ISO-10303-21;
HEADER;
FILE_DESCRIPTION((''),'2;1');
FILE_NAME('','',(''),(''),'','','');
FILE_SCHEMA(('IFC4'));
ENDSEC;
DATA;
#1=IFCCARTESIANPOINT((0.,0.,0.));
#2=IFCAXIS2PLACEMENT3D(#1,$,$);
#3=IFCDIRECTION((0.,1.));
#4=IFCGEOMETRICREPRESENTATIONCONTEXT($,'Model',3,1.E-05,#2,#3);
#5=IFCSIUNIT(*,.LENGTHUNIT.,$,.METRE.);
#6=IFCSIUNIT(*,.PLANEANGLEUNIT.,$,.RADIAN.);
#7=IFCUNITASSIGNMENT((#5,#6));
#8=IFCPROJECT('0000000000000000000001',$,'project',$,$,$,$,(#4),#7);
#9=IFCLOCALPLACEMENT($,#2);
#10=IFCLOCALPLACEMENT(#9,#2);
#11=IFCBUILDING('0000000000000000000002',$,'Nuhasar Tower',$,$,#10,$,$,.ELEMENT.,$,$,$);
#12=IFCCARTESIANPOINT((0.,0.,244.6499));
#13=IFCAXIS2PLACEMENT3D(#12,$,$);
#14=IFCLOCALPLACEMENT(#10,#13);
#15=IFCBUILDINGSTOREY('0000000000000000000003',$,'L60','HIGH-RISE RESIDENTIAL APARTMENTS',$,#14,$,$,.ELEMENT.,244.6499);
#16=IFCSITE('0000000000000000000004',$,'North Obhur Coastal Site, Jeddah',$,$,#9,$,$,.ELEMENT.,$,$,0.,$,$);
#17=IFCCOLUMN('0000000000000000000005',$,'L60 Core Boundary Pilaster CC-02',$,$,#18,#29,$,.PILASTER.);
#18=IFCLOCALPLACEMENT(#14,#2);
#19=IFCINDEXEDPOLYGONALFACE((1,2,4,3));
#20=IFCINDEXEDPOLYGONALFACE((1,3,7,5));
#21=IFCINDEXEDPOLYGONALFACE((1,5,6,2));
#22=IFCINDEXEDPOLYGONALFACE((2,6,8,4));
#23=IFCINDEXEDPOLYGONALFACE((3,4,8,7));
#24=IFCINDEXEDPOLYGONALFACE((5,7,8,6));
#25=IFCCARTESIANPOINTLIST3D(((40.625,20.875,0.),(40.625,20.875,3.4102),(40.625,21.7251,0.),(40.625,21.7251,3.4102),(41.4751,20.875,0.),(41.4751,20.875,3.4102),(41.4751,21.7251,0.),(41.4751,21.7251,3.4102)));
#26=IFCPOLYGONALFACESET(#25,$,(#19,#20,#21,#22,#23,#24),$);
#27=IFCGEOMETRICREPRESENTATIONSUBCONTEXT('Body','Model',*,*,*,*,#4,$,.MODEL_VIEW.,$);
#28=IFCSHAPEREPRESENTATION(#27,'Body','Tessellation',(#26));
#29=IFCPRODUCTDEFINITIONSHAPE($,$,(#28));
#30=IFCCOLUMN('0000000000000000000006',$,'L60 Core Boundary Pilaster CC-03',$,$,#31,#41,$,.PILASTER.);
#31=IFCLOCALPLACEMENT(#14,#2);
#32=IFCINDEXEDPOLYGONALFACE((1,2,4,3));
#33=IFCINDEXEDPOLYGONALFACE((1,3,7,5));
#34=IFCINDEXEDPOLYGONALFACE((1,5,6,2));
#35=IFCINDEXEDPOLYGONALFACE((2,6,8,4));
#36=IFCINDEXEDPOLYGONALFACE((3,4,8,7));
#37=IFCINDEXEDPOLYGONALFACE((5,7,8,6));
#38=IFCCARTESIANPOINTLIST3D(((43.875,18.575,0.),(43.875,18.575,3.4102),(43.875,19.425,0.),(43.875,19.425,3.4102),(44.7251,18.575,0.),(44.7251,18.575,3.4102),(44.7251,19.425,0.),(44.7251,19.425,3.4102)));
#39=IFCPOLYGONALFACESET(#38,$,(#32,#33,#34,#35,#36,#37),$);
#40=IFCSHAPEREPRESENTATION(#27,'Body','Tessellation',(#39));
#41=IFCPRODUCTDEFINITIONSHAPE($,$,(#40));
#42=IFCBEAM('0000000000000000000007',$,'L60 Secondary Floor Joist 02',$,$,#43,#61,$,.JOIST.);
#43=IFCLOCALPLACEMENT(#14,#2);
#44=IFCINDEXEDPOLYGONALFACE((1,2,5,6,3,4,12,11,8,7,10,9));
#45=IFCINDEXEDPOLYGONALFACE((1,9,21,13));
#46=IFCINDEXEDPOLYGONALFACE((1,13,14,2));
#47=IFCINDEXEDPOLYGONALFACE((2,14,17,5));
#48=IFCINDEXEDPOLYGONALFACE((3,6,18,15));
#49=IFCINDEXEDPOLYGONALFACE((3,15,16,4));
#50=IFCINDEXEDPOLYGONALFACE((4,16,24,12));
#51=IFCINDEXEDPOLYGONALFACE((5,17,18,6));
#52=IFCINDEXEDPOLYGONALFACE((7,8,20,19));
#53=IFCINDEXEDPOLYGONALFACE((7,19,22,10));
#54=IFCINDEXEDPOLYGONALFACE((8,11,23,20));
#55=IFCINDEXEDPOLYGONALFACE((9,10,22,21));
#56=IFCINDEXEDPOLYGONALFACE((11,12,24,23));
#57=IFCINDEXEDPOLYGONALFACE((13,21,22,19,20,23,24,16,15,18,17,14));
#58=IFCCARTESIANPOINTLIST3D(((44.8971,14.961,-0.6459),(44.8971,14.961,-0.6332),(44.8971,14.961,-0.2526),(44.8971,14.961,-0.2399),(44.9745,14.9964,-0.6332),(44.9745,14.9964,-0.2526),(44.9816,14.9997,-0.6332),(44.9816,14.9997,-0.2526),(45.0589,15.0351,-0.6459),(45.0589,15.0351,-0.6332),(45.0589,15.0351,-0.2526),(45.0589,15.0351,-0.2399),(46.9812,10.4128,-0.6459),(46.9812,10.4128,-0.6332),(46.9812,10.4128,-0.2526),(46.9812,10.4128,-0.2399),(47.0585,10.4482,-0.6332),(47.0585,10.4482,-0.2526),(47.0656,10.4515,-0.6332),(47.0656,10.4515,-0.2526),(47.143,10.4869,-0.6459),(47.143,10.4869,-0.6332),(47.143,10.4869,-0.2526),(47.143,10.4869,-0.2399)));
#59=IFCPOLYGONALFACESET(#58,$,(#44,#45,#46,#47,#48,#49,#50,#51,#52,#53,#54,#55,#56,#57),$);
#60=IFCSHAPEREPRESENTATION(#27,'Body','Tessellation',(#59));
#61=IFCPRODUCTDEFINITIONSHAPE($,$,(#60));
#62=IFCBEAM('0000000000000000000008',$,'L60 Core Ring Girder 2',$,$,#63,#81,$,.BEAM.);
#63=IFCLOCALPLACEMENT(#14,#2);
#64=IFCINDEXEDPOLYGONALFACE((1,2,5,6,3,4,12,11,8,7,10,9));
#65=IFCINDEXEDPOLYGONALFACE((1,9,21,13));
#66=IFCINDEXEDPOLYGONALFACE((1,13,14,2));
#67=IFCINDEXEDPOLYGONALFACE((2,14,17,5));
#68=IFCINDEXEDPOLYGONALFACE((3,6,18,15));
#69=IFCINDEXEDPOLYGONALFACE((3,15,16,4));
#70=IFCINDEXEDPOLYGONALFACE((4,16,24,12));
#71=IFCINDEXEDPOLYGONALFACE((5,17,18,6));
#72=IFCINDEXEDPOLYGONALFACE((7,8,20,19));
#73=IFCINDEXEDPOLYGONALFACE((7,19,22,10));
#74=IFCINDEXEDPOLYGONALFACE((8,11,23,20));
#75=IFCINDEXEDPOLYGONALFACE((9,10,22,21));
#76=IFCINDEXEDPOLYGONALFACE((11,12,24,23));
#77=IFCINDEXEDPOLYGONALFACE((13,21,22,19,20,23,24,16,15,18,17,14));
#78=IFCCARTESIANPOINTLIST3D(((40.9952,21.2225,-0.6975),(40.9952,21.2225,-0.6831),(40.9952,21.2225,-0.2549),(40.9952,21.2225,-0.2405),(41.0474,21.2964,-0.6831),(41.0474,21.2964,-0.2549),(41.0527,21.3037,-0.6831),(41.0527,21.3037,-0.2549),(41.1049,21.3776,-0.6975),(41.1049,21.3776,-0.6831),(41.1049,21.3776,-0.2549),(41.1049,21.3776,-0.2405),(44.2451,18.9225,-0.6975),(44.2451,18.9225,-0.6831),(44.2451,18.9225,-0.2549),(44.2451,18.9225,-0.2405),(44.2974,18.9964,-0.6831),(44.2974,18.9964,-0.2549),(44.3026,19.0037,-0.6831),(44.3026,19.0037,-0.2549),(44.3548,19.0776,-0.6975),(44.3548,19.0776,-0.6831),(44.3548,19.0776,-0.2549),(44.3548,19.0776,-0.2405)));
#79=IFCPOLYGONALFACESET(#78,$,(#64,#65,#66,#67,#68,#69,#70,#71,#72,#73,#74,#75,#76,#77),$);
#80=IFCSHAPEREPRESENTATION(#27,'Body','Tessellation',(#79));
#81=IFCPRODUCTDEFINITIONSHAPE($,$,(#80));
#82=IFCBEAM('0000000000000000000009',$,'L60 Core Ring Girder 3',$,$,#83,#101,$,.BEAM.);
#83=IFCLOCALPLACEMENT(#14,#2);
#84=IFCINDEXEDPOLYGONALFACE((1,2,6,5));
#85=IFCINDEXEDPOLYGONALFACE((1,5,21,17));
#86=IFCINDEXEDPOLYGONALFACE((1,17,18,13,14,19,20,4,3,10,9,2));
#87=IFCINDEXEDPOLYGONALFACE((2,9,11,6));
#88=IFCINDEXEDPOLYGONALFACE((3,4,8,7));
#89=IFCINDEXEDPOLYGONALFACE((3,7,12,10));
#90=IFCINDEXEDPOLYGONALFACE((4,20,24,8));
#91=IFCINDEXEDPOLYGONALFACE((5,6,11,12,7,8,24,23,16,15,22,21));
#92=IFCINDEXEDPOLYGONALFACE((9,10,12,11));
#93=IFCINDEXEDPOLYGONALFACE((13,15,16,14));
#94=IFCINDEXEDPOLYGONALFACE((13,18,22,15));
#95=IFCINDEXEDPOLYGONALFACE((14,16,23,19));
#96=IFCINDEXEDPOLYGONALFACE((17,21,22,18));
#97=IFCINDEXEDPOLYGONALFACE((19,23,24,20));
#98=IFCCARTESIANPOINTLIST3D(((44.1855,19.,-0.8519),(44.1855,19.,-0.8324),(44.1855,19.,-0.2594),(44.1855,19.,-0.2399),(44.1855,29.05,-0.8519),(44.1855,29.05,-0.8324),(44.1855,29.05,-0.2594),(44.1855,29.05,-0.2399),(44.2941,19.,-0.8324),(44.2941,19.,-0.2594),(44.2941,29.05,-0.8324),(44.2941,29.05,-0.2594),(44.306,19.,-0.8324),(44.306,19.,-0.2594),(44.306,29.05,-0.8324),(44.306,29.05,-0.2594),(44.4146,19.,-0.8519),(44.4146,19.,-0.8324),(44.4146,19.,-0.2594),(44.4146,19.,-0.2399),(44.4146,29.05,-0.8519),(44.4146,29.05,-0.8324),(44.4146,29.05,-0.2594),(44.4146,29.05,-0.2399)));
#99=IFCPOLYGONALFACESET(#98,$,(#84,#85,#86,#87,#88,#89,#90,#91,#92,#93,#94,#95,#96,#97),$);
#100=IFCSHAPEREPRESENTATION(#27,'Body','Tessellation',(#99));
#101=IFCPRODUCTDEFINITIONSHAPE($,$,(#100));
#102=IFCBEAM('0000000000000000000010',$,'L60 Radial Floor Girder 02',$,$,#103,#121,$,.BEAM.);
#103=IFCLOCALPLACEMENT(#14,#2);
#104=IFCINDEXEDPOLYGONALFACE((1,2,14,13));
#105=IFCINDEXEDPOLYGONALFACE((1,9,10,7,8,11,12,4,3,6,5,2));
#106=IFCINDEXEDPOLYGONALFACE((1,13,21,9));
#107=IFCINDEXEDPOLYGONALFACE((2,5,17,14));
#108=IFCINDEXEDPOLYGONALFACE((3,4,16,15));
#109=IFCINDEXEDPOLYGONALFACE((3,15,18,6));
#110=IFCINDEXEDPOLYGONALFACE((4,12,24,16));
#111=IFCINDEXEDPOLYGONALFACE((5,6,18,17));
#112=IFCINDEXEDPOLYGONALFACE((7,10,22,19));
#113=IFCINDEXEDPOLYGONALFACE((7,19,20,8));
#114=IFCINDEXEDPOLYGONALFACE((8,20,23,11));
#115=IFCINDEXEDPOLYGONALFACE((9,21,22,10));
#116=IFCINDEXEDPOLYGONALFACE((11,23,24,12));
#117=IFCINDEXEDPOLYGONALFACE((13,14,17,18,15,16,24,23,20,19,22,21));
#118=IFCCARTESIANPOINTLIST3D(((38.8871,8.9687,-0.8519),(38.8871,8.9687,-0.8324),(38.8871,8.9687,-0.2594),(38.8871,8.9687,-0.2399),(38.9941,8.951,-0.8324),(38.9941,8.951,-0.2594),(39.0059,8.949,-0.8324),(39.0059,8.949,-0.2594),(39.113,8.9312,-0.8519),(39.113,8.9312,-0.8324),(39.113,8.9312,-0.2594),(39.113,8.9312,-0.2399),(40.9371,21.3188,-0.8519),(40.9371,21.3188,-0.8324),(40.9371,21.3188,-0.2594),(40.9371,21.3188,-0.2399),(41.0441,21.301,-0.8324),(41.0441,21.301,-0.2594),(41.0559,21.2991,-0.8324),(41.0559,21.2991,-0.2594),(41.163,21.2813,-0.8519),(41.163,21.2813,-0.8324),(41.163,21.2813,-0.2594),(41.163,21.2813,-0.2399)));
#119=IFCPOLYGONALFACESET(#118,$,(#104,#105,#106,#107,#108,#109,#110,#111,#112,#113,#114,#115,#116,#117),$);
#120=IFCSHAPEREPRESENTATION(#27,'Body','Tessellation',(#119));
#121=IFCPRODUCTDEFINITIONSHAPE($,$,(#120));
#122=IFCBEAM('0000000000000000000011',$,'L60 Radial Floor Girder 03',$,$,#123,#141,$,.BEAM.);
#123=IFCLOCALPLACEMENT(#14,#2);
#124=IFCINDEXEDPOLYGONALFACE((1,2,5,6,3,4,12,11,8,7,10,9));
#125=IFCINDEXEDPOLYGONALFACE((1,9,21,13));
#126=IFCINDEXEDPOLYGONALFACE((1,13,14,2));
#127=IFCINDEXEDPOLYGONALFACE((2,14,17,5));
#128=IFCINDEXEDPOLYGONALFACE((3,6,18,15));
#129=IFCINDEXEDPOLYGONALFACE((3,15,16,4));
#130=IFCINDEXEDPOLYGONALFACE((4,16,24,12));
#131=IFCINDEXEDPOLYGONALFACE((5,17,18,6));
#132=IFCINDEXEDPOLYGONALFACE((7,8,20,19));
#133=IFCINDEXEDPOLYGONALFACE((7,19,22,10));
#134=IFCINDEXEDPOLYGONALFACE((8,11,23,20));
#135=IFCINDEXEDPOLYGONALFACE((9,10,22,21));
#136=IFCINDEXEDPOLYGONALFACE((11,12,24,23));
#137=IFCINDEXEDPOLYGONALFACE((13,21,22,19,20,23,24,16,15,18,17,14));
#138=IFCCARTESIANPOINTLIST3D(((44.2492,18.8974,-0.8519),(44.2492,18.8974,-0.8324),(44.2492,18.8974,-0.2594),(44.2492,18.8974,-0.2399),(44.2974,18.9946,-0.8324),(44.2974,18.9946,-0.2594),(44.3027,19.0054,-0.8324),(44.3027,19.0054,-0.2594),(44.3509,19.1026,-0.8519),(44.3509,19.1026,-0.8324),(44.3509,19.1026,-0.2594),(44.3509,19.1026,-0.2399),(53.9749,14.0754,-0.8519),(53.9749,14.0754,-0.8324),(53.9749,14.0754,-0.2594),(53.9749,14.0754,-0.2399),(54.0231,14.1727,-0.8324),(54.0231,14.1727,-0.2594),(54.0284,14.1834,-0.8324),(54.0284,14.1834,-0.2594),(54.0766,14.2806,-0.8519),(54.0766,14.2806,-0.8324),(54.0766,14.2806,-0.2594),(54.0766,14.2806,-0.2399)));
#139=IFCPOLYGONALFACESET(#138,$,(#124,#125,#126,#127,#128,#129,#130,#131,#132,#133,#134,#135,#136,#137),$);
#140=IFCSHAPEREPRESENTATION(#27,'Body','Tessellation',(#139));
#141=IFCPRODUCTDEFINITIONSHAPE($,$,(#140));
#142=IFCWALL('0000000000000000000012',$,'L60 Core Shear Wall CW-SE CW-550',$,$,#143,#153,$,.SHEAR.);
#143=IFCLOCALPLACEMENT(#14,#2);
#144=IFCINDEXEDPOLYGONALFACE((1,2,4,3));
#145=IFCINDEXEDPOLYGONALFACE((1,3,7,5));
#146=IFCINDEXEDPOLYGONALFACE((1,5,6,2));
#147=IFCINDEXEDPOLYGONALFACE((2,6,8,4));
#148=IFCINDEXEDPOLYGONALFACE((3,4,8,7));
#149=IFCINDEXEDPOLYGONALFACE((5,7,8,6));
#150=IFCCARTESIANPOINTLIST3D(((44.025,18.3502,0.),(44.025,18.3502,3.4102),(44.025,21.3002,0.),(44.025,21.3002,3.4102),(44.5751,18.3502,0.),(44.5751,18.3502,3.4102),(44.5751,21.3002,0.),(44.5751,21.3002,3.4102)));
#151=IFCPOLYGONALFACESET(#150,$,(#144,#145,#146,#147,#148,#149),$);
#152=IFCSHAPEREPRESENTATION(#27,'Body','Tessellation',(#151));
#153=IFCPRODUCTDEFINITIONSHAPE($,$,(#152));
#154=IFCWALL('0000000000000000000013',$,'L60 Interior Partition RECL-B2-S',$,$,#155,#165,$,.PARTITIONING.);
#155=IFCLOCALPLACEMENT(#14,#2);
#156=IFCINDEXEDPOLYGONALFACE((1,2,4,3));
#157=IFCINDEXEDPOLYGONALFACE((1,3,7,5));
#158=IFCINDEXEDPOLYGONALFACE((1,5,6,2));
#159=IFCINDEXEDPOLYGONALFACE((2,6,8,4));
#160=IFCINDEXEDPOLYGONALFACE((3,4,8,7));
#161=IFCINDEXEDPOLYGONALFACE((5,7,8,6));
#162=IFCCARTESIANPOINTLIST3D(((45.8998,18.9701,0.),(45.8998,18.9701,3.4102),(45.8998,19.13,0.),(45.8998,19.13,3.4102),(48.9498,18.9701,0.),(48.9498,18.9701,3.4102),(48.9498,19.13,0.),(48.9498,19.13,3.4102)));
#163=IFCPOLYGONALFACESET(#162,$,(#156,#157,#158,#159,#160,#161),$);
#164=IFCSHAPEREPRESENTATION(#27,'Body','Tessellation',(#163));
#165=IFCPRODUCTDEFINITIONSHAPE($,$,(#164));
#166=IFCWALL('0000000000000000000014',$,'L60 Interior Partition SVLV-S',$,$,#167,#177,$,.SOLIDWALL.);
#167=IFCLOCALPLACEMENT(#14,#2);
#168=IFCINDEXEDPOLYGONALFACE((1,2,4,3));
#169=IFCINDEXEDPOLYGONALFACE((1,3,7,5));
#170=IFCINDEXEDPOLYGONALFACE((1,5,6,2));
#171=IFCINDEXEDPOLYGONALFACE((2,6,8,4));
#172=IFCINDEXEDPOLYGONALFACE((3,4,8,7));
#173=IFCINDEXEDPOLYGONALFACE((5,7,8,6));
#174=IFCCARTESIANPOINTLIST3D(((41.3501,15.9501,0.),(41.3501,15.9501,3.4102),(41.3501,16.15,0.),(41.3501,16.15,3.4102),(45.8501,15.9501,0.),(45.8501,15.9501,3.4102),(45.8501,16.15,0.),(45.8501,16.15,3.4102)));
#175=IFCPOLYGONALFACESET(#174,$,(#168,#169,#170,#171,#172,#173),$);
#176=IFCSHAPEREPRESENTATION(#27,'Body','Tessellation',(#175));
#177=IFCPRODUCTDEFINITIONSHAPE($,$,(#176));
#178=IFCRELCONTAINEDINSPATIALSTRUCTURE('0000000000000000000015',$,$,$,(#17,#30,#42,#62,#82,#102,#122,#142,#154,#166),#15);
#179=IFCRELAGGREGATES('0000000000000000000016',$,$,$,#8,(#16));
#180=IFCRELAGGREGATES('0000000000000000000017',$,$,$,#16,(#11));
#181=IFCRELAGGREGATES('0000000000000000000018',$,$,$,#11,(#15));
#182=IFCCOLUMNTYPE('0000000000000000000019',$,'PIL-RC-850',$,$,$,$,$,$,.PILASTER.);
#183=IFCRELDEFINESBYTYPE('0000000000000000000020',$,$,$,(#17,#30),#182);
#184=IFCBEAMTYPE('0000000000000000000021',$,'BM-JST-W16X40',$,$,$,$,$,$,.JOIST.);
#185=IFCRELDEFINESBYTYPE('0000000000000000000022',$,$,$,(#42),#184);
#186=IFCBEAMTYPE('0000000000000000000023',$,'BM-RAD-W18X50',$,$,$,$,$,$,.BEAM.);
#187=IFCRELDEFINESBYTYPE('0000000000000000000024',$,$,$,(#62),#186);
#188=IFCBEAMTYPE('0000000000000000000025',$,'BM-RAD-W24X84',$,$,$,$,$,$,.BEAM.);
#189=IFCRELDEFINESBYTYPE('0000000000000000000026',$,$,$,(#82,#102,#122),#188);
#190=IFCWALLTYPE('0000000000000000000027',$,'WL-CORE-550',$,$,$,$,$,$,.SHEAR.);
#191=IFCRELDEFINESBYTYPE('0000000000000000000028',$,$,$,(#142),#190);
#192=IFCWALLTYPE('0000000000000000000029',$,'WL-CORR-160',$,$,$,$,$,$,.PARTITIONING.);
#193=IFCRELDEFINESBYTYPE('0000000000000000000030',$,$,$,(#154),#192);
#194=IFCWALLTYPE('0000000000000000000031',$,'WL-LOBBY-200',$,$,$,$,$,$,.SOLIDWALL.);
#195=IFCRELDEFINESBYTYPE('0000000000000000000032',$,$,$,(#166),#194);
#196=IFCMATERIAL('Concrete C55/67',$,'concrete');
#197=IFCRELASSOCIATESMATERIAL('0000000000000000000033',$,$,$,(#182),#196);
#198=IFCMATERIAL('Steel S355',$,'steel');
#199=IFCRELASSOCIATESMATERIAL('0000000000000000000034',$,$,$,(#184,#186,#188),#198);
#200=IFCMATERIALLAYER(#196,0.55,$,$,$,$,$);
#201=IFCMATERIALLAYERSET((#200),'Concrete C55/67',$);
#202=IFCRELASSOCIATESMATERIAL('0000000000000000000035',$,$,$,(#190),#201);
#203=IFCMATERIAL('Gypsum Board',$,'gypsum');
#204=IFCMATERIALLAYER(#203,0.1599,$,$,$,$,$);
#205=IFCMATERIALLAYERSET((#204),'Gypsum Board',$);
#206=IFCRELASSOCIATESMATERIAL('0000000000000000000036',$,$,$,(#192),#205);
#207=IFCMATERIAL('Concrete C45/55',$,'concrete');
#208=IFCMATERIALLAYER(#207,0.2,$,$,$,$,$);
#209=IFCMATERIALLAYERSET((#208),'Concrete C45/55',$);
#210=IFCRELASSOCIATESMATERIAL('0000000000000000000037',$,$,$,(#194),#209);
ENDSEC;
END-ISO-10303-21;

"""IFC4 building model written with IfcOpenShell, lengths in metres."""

from ifc_helpers import new_model, si_unit, direction, frame, frame_2d, origin, origin_2d, place, context, subcontext, project, spatial, rectangle, i_section, extrude, material, layer, layer_set, material_profile, profile_set, type_object, element, save


model = new_model("IFC4")

# Units and contexts
model_context = context("Model", 3, precision=1e-05, world=origin(), true_north=direction((0.0, 1.0)))
body_context = subcontext(model_context, "Body", "Model", "MODEL_VIEW")
ifc_project = project(units=[si_unit("LENGTHUNIT", "METRE"), si_unit("PLANEANGLEUNIT", "RADIAN")], contexts=[model_context])

# Site, building, storey
site_placement = place(None, origin())
site = spatial("IfcSite", under=ifc_project, at=site_placement, Name="North Obhur Coastal Site, Jeddah", CompositionType="ELEMENT", RefElevation=0.0)
building_placement = place(site_placement, origin())
building = spatial("IfcBuilding", under=site, at=building_placement, Name="Nuhasar Tower", CompositionType="ELEMENT")
storey_placement = place(building_placement, frame((0.0, 0.0, 244.6499)))
storey = spatial("IfcBuildingStorey", under=building, at=storey_placement, Name="L60", Description="HIGH-RISE RESIDENTIAL APARTMENTS", CompositionType="ELEMENT", Elevation=244.6499)

# Columns
ifc_material_1 = material(Name="Concrete C55/67", Category="concrete")
ifc_material_profile_1 = material_profile(ifc_material_1, rectangle(XDim=0.8501, YDim=0.8501, at=origin_2d()), Name="RC850X850")
ifc_profile_set_1 = profile_set([ifc_material_profile_1], Name="Concrete C55/67")
column_type = type_object("IfcColumnType", Name="PIL-RC-850", PredefinedType="PILASTER", material=ifc_profile_set_1)
for number, where, z_axis, x_axis, name in (
    (1, (41.05, 21.3, 0.0), (0.0, 0.0, 1.0), (1.0, 0.0, 0.0), "L60 Core Boundary Pilaster CC-02"),
    (2, (44.3, 19.0, 0.0), (0.0, 0.0, 1.0), (1.0, 0.0, 0.0), "L60 Core Boundary Pilaster CC-03"),
):
    element("IfcColumn", number, at=place(storey_placement, frame(where, z_axis=z_axis, x_axis=x_axis)), inside=storey, type_object=column_type, Name=name, PredefinedType="PILASTER", context=body_context, shape_type="SweptSolid", body=[
        extrude(rectangle(XDim=0.8501, YDim=0.8501, at=origin_2d()), origin(), (0.0, 0.0, 1.0), 3.4102),
    ])

# Beams
ifc_material_2 = material(Name="Steel S355", Category="steel")
ifc_material_profile_2 = material_profile(ifc_material_2, i_section(OverallWidth=0.178, OverallDepth=0.406, WebThickness=0.0078, FlangeThickness=0.0127, at=origin_2d()), Name="W16X40")
ifc_profile_set_2 = profile_set([ifc_material_profile_2], Name="Steel S355")
beam_type_1 = type_object("IfcBeamType", Name="BM-JST-W16X40", PredefinedType="JOIST", material=ifc_profile_set_2)
beam_1_placement = place(storey_placement, frame((44.978, 14.998, -0.4429), z_axis=(0.416562, -0.909107, 0.0), x_axis=(0.909107, 0.416562, 0.0)))
element("IfcBeam", 3, at=beam_1_placement, inside=storey, type_object=beam_type_1, Name="L60 Secondary Floor Joist 02", PredefinedType="JOIST", context=body_context, shape_type="SweptSolid", body=[
    extrude(i_section(OverallWidth=0.178, OverallDepth=0.406, WebThickness=0.0078, FlangeThickness=0.0127, at=origin_2d()), origin(), (0.0, 0.0, 1.0), 5.0029),
])
ifc_material_profile_3 = material_profile(ifc_material_2, i_section(OverallWidth=0.1899, OverallDepth=0.457, WebThickness=0.009, FlangeThickness=0.0144, at=origin_2d()), Name="W18X50")
ifc_profile_set_3 = profile_set([ifc_material_profile_3], Name="Steel S355")
beam_type_2 = type_object("IfcBeamType", Name="BM-RAD-W18X50", PredefinedType="BEAM", material=ifc_profile_set_3)
beam_2_placement = place(storey_placement, frame((41.05, 21.3, -0.469), z_axis=(0.816265, -0.577677, 0.0), x_axis=(0.577677, 0.816265, 0.0)))
element("IfcBeam", 4, at=beam_2_placement, inside=storey, type_object=beam_type_2, Name="L60 Core Ring Girder 2", PredefinedType="BEAM", context=body_context, shape_type="SweptSolid", body=[
    extrude(i_section(OverallWidth=0.1899, OverallDepth=0.457, WebThickness=0.009, FlangeThickness=0.0144, at=origin_2d()), origin(), (0.0, 0.0, 1.0), 3.9814),
])
ifc_material_profile_4 = material_profile(ifc_material_2, i_section(OverallWidth=0.229, OverallDepth=0.6121, WebThickness=0.012, FlangeThickness=0.0195, at=origin_2d()), Name="W24X84")
ifc_profile_set_4 = profile_set([ifc_material_profile_4], Name="Steel S355")
beam_type_3 = type_object("IfcBeamType", Name="BM-RAD-W24X84", PredefinedType="BEAM", material=ifc_profile_set_4)
beam_3_placement = place(storey_placement, frame((44.3, 19.0, -0.5459), z_axis=(0.0, 1.0, 0.0), x_axis=(-1.0, 0.0, 0.0)))
element("IfcBeam", 5, at=beam_3_placement, inside=storey, type_object=beam_type_3, Name="L60 Core Ring Girder 3", PredefinedType="BEAM", context=body_context, shape_type="SweptSolid", body=[
    extrude(i_section(OverallWidth=0.229, OverallDepth=0.6121, WebThickness=0.012, FlangeThickness=0.0195, at=origin_2d()), origin(), (0.0, 0.0, 1.0), 10.05),
])
beam_4_placement = place(storey_placement, frame((41.05, 21.3, -0.5459), z_axis=(-0.163754, -0.986501, 0.0), x_axis=(0.986501, -0.163754, 0.0)))
element("IfcBeam", 6, at=beam_4_placement, inside=storey, type_object=beam_type_3, Name="L60 Radial Floor Girder 02", PredefinedType="BEAM", context=body_context, shape_type="SweptSolid", body=[
    extrude(i_section(OverallWidth=0.229, OverallDepth=0.6121, WebThickness=0.012, FlangeThickness=0.0195, at=origin_2d()), origin(), (0.0, 0.0, 1.0), 12.519),
])
beam_5_placement = place(storey_placement, frame((44.3, 19.0, -0.5459), z_axis=(0.895929, -0.444197, 0.0), x_axis=(0.444197, 0.895929, 0.0)))
element("IfcBeam", 7, at=beam_5_placement, inside=storey, type_object=beam_type_3, Name="L60 Radial Floor Girder 03", PredefinedType="BEAM", context=body_context, shape_type="SweptSolid", body=[
    extrude(i_section(OverallWidth=0.229, OverallDepth=0.6121, WebThickness=0.012, FlangeThickness=0.0195, at=origin_2d()), origin(), (0.0, 0.0, 1.0), 10.8555),
])

# Walls
ifc_layer_1 = layer(ifc_material_1, 0.55)
ifc_layer_set_1 = layer_set([ifc_layer_1], Name="Concrete C55/67")
wall_type_1 = type_object("IfcWallType", Name="WL-CORE-550", PredefinedType="SHEAR", material=ifc_layer_set_1)
wall_1_placement = place(storey_placement, frame((44.3, 18.3501, 0.0), z_axis=(0.0, 0.0, 1.0), x_axis=(0.0, 1.0, 0.0)))
element("IfcWall", 8, at=wall_1_placement, inside=storey, type_object=wall_type_1, Name="L60 Core Shear Wall CW-SE CW-550", PredefinedType="SHEAR", context=body_context, shape_type="SweptSolid", body=[
    extrude(rectangle(XDim=2.95, YDim=0.55, at=frame_2d((1.4751, 0.0))), origin(), (0.0, 0.0, 1.0), 3.4102),
])
ifc_material_3 = material(Name="Gypsum Board", Category="gypsum")
ifc_layer_2 = layer(ifc_material_3, 0.1599)
ifc_layer_set_2 = layer_set([ifc_layer_2], Name="Gypsum Board")
wall_type_2 = type_object("IfcWallType", Name="WL-CORR-160", PredefinedType="PARTITIONING", material=ifc_layer_set_2)
wall_2_placement = place(storey_placement, frame((45.8999, 19.05, 0.0), z_axis=(0.0, 0.0, 1.0), x_axis=(1.0, 0.0, 0.0)))
element("IfcWall", 9, at=wall_2_placement, inside=storey, type_object=wall_type_2, Name="L60 Interior Partition RECL-B2-S", PredefinedType="PARTITIONING", context=body_context, shape_type="SweptSolid", body=[
    extrude(rectangle(XDim=3.05, YDim=0.1599, at=frame_2d((1.5249, 0.0))), origin(), (0.0, 0.0, 1.0), 3.4102),
])

# Shared definitions
ifc_material_4 = material(Name="Concrete C45/55", Category="concrete")
ifc_layer_3 = layer(ifc_material_4, 0.2)
ifc_layer_set_3 = layer_set([ifc_layer_3], Name="Concrete C45/55")
wall_type_3 = type_object("IfcWallType", Name="WL-LOBBY-200", PredefinedType="SOLIDWALL", material=ifc_layer_set_3)

# Wall
wall_3_placement = place(storey_placement, frame((41.3501, 16.05, 0.0), z_axis=(0.0, 0.0, 1.0), x_axis=(1.0, 0.0, 0.0)))
element("IfcWall", 10, at=wall_3_placement, inside=storey, type_object=wall_type_3, Name="L60 Interior Partition SVLV-S", PredefinedType="SOLIDWALL", context=body_context, shape_type="SweptSolid", body=[
    extrude(rectangle(XDim=4.5, YDim=0.2, at=frame_2d((2.25, 0.0))), origin(), (0.0, 0.0, 1.0), 3.4102),
])

save(model, "model.ifc")
